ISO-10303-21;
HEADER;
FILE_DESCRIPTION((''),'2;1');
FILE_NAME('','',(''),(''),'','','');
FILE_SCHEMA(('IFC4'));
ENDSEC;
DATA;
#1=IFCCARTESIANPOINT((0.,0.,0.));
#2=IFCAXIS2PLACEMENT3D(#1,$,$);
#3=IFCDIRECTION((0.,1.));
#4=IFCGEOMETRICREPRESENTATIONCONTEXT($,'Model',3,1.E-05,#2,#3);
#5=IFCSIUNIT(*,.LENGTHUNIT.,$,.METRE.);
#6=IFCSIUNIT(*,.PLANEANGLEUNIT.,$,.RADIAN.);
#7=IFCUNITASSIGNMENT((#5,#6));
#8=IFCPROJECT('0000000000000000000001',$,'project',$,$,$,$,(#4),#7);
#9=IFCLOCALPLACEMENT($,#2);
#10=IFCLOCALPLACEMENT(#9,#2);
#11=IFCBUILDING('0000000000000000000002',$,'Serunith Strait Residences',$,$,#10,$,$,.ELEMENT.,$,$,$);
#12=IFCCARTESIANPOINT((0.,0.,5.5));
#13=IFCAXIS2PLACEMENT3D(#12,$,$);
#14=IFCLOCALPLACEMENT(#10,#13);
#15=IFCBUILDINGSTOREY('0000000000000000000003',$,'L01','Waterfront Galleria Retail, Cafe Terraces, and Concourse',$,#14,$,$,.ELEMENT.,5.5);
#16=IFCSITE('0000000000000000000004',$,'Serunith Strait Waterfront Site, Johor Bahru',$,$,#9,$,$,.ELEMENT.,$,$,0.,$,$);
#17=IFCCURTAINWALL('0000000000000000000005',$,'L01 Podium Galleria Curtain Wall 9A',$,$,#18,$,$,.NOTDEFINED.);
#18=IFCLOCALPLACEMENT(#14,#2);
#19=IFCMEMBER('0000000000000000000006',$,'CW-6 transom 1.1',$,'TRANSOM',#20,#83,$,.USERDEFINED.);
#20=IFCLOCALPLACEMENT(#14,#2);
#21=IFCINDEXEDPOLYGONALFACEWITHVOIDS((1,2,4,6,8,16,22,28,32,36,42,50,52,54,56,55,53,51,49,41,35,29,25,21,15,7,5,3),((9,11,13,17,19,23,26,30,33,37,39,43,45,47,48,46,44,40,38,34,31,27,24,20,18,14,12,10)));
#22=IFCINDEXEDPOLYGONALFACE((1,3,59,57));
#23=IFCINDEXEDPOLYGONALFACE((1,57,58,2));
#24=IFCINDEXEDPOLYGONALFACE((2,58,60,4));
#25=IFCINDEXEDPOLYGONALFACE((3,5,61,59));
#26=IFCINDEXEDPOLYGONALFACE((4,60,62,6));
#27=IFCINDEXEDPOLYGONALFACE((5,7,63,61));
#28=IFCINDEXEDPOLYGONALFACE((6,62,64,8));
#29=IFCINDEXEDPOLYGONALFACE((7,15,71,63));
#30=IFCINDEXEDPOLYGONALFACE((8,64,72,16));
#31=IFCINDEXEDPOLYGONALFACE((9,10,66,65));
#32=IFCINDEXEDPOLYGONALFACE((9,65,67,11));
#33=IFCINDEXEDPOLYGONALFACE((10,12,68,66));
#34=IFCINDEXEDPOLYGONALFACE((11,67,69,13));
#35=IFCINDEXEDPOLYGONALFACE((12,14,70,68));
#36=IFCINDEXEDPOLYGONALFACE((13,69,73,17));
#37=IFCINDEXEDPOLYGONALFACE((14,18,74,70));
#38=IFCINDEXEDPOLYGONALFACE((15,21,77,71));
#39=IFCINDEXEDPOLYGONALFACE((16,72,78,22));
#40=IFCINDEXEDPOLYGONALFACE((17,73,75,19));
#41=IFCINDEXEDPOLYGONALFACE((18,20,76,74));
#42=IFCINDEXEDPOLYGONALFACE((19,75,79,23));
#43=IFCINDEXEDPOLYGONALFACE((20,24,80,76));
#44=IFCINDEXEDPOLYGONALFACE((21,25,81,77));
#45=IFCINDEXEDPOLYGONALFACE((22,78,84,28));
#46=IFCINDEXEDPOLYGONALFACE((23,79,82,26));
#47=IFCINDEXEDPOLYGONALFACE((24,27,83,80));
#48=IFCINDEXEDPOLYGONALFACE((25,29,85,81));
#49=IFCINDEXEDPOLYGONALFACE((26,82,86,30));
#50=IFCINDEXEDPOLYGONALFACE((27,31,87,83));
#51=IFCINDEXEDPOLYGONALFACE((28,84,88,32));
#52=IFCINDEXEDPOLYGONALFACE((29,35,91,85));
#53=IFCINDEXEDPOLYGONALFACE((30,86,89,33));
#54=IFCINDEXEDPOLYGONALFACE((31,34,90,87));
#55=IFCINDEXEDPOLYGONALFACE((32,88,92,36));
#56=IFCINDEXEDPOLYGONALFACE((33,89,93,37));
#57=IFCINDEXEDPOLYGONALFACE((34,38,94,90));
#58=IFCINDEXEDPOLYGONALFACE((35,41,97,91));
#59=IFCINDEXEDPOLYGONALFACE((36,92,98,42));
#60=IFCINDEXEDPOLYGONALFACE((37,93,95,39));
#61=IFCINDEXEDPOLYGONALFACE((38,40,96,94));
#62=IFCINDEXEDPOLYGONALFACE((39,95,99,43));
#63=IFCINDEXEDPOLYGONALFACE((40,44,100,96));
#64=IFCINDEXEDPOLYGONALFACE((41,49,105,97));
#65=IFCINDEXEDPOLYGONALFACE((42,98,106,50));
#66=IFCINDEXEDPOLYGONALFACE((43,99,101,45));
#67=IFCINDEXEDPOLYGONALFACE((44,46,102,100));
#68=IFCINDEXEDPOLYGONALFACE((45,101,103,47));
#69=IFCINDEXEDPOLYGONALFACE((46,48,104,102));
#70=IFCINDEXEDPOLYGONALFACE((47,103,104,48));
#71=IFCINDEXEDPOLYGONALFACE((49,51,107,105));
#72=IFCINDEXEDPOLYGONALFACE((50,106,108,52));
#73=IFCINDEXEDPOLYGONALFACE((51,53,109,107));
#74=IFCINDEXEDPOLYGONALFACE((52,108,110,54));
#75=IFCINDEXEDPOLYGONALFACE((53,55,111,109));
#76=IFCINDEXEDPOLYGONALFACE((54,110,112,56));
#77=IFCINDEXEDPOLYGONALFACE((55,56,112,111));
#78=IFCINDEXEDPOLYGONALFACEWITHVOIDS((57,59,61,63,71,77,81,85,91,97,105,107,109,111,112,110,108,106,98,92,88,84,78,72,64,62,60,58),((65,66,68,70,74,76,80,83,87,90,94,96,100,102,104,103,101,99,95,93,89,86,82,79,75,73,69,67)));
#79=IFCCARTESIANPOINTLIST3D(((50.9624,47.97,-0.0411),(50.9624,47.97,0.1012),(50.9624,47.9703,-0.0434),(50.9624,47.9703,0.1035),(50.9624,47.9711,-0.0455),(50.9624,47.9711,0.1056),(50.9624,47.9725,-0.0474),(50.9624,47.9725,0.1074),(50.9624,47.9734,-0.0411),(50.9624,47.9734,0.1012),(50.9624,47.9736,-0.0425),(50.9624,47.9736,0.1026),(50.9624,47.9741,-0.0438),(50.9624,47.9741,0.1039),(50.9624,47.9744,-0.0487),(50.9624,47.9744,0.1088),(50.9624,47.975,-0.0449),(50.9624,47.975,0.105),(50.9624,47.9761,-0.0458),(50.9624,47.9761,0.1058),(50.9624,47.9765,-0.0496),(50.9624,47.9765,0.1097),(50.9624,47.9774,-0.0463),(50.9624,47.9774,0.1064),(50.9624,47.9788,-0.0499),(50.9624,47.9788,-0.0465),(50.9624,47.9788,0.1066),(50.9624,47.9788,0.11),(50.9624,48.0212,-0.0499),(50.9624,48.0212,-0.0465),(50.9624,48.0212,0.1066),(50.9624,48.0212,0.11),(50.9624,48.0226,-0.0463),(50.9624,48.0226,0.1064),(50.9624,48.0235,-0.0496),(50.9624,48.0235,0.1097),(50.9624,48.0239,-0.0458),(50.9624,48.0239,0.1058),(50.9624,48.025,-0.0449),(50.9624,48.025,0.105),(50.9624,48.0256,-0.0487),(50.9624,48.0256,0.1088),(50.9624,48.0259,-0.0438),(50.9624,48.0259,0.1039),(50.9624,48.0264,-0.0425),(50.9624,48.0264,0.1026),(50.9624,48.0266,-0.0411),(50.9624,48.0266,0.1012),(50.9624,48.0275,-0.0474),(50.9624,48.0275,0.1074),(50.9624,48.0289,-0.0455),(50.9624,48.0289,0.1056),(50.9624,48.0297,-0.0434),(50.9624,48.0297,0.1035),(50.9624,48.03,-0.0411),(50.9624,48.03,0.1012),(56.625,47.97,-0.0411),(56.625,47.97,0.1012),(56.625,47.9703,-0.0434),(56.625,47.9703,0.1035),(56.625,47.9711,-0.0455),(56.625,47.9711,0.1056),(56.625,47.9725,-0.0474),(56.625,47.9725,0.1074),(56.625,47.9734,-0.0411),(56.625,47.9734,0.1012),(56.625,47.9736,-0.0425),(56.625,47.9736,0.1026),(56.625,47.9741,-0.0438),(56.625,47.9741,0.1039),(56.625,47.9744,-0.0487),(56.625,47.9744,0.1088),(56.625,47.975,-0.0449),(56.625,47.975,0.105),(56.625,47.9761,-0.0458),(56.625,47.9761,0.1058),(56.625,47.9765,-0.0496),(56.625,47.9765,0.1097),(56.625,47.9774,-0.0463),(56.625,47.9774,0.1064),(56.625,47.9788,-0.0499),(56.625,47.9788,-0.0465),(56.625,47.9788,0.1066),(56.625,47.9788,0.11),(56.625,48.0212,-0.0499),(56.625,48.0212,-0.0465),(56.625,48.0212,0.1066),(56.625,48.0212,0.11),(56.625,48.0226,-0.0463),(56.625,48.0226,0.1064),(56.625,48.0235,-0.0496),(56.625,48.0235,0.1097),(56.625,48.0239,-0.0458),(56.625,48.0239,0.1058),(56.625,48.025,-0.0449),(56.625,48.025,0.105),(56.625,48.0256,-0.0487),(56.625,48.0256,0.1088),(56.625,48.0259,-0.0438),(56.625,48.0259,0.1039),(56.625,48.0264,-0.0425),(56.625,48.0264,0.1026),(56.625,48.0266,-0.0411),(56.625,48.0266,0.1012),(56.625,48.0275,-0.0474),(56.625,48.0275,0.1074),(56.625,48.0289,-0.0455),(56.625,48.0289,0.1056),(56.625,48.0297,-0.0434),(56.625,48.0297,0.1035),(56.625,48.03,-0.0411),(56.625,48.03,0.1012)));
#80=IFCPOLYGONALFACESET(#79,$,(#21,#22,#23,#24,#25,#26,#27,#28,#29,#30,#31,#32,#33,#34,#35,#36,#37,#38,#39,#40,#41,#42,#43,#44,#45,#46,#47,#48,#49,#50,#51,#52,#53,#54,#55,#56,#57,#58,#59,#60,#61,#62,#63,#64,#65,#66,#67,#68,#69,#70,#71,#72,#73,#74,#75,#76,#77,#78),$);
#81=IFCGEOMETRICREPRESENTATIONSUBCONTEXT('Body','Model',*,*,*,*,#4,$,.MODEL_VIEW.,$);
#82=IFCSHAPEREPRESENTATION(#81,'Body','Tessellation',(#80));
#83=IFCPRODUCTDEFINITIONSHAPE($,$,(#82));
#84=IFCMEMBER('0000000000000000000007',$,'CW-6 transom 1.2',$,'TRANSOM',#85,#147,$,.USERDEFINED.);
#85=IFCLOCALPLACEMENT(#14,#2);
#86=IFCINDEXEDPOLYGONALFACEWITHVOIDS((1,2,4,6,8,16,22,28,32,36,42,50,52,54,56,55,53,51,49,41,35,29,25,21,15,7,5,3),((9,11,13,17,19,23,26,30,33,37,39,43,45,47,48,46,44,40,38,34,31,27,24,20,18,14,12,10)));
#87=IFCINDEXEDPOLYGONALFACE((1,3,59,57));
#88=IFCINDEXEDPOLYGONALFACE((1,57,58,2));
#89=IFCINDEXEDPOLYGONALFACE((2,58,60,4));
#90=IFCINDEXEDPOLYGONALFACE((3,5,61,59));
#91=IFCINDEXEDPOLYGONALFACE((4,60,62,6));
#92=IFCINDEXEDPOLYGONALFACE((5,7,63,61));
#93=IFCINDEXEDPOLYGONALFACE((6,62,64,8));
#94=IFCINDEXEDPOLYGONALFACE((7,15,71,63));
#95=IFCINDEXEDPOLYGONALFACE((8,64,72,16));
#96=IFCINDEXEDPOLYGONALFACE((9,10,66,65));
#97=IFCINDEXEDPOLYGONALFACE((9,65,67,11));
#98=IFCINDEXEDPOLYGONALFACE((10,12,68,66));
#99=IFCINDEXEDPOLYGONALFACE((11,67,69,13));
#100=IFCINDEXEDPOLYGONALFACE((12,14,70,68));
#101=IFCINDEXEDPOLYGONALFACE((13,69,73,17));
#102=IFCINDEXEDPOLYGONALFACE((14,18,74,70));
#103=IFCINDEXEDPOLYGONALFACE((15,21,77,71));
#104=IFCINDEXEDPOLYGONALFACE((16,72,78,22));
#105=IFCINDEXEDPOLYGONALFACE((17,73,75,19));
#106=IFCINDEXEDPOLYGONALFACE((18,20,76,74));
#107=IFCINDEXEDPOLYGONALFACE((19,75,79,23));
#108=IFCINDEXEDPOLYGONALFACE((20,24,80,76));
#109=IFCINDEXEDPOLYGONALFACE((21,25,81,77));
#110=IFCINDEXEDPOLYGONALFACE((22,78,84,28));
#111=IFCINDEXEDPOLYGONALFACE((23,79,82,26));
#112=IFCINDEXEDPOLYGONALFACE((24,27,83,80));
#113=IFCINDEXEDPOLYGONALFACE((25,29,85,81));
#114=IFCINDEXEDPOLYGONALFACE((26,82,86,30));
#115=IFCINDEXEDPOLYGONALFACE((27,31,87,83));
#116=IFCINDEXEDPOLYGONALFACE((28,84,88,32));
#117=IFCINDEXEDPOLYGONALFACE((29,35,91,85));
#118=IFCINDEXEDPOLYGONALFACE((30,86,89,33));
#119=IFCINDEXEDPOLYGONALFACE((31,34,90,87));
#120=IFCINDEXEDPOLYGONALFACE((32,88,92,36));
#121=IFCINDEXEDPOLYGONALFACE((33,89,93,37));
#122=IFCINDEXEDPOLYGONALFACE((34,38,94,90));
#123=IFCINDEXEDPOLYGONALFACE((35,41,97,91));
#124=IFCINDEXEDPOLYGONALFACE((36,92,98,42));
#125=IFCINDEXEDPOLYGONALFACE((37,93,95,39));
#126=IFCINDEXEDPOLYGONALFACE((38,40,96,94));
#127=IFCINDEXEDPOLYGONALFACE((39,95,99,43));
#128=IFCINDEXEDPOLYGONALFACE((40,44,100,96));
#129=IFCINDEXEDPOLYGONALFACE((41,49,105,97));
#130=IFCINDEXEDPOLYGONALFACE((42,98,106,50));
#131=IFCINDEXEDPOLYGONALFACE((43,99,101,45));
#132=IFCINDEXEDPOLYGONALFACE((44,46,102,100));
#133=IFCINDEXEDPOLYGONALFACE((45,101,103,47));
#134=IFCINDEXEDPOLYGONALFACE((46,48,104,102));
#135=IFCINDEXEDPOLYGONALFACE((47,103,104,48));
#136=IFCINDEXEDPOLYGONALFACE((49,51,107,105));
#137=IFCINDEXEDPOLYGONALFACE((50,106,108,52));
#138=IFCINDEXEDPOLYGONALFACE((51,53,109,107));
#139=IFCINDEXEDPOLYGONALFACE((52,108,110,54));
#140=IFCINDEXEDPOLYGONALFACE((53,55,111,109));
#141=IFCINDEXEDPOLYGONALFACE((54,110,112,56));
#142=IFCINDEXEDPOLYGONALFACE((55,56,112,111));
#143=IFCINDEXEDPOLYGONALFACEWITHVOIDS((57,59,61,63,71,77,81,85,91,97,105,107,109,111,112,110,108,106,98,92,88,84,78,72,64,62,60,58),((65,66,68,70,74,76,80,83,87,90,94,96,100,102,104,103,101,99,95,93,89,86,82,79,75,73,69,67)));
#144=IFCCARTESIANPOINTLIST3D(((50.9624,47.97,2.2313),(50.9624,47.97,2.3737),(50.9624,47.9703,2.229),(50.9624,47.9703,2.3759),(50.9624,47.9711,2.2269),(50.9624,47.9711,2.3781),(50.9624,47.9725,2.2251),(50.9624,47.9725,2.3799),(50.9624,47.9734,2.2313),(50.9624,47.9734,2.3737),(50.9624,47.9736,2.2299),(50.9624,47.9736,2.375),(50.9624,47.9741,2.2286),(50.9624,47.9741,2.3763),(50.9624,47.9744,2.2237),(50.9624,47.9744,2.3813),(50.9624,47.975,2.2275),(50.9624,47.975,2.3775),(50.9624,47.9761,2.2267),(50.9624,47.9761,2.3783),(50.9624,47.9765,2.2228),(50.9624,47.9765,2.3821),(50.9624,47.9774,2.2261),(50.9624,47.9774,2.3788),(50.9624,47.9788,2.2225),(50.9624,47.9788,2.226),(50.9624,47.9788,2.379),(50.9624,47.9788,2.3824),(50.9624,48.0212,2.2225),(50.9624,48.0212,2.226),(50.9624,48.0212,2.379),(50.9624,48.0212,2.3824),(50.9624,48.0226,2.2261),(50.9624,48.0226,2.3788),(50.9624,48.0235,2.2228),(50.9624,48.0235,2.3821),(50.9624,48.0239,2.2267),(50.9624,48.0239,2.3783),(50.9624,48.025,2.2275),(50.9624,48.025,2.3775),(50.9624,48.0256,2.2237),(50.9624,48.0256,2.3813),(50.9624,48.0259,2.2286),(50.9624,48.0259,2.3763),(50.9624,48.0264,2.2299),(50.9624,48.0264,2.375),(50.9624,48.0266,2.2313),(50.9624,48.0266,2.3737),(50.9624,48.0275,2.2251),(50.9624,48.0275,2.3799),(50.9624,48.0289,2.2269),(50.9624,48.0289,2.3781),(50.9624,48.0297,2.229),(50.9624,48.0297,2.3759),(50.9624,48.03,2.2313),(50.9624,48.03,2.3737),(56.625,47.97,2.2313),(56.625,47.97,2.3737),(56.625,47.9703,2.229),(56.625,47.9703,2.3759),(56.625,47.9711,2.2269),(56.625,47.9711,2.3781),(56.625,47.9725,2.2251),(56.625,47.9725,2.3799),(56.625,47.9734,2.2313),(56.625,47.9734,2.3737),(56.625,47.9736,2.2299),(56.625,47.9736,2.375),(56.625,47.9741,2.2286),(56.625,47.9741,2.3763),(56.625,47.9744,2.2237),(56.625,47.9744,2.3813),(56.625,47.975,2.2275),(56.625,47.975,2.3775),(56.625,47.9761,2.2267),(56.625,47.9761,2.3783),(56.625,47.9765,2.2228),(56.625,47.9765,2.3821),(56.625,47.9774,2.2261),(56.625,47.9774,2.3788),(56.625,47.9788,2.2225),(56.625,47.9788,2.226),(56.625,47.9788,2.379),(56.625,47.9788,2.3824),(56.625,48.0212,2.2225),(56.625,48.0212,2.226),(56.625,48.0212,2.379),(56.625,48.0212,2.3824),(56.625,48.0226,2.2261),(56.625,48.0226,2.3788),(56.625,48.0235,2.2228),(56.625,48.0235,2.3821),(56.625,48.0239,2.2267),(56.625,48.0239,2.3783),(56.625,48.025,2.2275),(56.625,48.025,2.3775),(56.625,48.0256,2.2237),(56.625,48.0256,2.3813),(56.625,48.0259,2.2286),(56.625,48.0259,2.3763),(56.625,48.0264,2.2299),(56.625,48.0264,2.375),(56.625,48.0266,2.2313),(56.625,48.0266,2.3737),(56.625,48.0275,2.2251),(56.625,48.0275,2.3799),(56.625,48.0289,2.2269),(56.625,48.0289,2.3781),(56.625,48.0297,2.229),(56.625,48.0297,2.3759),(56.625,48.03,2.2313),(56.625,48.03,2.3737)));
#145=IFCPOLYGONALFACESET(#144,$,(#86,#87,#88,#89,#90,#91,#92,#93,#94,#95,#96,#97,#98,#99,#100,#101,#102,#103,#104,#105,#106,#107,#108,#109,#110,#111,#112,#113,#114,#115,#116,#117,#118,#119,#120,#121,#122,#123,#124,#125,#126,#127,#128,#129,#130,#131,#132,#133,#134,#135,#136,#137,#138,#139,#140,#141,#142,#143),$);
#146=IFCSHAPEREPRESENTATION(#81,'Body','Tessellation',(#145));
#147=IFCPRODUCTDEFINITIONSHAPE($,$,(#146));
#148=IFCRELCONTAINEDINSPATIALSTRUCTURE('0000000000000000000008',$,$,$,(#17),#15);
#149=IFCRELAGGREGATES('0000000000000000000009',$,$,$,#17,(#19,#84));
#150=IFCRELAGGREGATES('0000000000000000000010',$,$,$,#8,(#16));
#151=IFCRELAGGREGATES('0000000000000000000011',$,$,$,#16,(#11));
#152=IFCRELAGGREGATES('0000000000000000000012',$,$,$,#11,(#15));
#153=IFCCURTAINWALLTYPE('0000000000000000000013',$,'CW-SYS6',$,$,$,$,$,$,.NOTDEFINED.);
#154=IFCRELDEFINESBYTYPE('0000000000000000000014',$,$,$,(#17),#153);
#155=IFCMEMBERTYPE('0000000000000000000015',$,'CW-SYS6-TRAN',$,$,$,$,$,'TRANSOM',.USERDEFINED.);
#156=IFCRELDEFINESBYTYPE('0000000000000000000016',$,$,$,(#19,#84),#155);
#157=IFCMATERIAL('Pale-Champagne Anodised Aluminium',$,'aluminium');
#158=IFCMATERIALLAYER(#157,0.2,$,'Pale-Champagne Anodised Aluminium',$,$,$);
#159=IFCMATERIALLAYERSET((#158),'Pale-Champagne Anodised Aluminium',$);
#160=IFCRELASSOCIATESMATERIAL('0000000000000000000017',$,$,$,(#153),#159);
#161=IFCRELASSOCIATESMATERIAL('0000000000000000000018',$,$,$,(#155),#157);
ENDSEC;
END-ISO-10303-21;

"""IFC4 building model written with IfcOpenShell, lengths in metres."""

from ifc_helpers import new_model, si_unit, direction, frame, origin, origin_2d, place, context, subcontext, project, spatial, hollow_rectangle, extrude, source, transform, mapped, material, layer, layer_set, material_profile, profile_set, type_object, element, aggregate, save


model = new_model("IFC4")

# Units and contexts
model_context = context("Model", 3, precision=1e-05, world=origin(), true_north=direction((0.0, 1.0)))
body_context = subcontext(model_context, "Body", "Model", "MODEL_VIEW")
ifc_project = project(units=[si_unit("LENGTHUNIT", "METRE"), si_unit("PLANEANGLEUNIT", "RADIAN")], contexts=[model_context])

# Site, building, storey
site_placement = place(None, origin())
site = spatial("IfcSite", under=ifc_project, at=site_placement, Name="Serunith Strait Waterfront Site, Johor Bahru", CompositionType="ELEMENT", RefElevation=0.0)
building_placement = place(site_placement, origin())
building = spatial("IfcBuilding", under=site, at=building_placement, Name="Serunith Strait Residences", CompositionType="ELEMENT")
storey_placement = place(building_placement, frame((0.0, 0.0, 5.5)))
storey = spatial("IfcBuildingStorey", under=building, at=storey_placement, Name="L01", Description="Waterfront Galleria Retail, Cafe Terraces, and Concourse", CompositionType="ELEMENT", Elevation=5.5)

# Curtain wall, members
ifc_material_1 = material(Name="Pale-Champagne Anodised Aluminium", Category="aluminium")
ifc_layer_1 = layer(ifc_material_1, 0.2, Name="Pale-Champagne Anodised Aluminium")
ifc_layer_set_1 = layer_set([ifc_layer_1], Name="Pale-Champagne Anodised Aluminium")
curtain_wall_type = type_object("IfcCurtainWallType", Name="CW-SYS6", PredefinedType="NOTDEFINED", material=ifc_layer_set_1)
curtain_wall_placement = place(storey_placement, origin())
curtain_wall = element("IfcCurtainWall", 1, at=curtain_wall_placement, inside=storey, type_object=curtain_wall_type, Name="L01 Podium Galleria Curtain Wall 9A", PredefinedType="NOTDEFINED")
ifc_material_profile_1 = material_profile(ifc_material_1, hollow_rectangle(XDim=0.0601, YDim=0.1599, WallThickness=0.0034, InnerFilletRadius=0.0054, OuterFilletRadius=0.0088, at=origin_2d()), Name="ALU 160x60x3.5")
ifc_profile_set_1 = profile_set([ifc_material_profile_1], Name="Pale-Champagne Anodised Aluminium")
member_type_1 = type_object("IfcMemberType", Name="CW-SYS6-TRAN", ElementType="TRANSOM", PredefinedType="USERDEFINED", material=ifc_profile_set_1)
shared_shape_1 = source(origin(), body_context, "Body", "SweptSolid", [
    extrude(hollow_rectangle(XDim=0.0601, YDim=0.1599, WallThickness=0.0034, InnerFilletRadius=0.0054, OuterFilletRadius=0.0088, at=origin_2d()), origin(), (0.0, 0.0, 1.0), 5.6626),
])
member_1_placement = place(storey_placement, frame((56.625, 48.0, 0.03), z_axis=(-1.0, 0.0, 0.0), x_axis=(0.0, -1.0, 0.0)))
member_1 = element("IfcMember", 2, at=member_1_placement, type_object=member_type_1, Name="CW-6 transom 1.1", ObjectType="TRANSOM", PredefinedType="USERDEFINED", context=body_context, shape_type="MappedRepresentation", body=[
    mapped(shared_shape_1, transform((0.0, 0.0, 0.0), scale=1.0)),
])
member_2_placement = place(storey_placement, frame((56.625, 48.0, 2.3025), z_axis=(-1.0, 0.0, 0.0), x_axis=(0.0, -1.0, 0.0)))
member_2 = element("IfcMember", 3, at=member_2_placement, type_object=member_type_1, Name="CW-6 transom 1.2", ObjectType="TRANSOM", PredefinedType="USERDEFINED", context=body_context, shape_type="MappedRepresentation", body=[
    mapped(shared_shape_1, transform((0.0, 0.0, 0.0), scale=1.0)),
])
aggregate(curtain_wall, [member_1, member_2])

save(model, "model.ifc")
